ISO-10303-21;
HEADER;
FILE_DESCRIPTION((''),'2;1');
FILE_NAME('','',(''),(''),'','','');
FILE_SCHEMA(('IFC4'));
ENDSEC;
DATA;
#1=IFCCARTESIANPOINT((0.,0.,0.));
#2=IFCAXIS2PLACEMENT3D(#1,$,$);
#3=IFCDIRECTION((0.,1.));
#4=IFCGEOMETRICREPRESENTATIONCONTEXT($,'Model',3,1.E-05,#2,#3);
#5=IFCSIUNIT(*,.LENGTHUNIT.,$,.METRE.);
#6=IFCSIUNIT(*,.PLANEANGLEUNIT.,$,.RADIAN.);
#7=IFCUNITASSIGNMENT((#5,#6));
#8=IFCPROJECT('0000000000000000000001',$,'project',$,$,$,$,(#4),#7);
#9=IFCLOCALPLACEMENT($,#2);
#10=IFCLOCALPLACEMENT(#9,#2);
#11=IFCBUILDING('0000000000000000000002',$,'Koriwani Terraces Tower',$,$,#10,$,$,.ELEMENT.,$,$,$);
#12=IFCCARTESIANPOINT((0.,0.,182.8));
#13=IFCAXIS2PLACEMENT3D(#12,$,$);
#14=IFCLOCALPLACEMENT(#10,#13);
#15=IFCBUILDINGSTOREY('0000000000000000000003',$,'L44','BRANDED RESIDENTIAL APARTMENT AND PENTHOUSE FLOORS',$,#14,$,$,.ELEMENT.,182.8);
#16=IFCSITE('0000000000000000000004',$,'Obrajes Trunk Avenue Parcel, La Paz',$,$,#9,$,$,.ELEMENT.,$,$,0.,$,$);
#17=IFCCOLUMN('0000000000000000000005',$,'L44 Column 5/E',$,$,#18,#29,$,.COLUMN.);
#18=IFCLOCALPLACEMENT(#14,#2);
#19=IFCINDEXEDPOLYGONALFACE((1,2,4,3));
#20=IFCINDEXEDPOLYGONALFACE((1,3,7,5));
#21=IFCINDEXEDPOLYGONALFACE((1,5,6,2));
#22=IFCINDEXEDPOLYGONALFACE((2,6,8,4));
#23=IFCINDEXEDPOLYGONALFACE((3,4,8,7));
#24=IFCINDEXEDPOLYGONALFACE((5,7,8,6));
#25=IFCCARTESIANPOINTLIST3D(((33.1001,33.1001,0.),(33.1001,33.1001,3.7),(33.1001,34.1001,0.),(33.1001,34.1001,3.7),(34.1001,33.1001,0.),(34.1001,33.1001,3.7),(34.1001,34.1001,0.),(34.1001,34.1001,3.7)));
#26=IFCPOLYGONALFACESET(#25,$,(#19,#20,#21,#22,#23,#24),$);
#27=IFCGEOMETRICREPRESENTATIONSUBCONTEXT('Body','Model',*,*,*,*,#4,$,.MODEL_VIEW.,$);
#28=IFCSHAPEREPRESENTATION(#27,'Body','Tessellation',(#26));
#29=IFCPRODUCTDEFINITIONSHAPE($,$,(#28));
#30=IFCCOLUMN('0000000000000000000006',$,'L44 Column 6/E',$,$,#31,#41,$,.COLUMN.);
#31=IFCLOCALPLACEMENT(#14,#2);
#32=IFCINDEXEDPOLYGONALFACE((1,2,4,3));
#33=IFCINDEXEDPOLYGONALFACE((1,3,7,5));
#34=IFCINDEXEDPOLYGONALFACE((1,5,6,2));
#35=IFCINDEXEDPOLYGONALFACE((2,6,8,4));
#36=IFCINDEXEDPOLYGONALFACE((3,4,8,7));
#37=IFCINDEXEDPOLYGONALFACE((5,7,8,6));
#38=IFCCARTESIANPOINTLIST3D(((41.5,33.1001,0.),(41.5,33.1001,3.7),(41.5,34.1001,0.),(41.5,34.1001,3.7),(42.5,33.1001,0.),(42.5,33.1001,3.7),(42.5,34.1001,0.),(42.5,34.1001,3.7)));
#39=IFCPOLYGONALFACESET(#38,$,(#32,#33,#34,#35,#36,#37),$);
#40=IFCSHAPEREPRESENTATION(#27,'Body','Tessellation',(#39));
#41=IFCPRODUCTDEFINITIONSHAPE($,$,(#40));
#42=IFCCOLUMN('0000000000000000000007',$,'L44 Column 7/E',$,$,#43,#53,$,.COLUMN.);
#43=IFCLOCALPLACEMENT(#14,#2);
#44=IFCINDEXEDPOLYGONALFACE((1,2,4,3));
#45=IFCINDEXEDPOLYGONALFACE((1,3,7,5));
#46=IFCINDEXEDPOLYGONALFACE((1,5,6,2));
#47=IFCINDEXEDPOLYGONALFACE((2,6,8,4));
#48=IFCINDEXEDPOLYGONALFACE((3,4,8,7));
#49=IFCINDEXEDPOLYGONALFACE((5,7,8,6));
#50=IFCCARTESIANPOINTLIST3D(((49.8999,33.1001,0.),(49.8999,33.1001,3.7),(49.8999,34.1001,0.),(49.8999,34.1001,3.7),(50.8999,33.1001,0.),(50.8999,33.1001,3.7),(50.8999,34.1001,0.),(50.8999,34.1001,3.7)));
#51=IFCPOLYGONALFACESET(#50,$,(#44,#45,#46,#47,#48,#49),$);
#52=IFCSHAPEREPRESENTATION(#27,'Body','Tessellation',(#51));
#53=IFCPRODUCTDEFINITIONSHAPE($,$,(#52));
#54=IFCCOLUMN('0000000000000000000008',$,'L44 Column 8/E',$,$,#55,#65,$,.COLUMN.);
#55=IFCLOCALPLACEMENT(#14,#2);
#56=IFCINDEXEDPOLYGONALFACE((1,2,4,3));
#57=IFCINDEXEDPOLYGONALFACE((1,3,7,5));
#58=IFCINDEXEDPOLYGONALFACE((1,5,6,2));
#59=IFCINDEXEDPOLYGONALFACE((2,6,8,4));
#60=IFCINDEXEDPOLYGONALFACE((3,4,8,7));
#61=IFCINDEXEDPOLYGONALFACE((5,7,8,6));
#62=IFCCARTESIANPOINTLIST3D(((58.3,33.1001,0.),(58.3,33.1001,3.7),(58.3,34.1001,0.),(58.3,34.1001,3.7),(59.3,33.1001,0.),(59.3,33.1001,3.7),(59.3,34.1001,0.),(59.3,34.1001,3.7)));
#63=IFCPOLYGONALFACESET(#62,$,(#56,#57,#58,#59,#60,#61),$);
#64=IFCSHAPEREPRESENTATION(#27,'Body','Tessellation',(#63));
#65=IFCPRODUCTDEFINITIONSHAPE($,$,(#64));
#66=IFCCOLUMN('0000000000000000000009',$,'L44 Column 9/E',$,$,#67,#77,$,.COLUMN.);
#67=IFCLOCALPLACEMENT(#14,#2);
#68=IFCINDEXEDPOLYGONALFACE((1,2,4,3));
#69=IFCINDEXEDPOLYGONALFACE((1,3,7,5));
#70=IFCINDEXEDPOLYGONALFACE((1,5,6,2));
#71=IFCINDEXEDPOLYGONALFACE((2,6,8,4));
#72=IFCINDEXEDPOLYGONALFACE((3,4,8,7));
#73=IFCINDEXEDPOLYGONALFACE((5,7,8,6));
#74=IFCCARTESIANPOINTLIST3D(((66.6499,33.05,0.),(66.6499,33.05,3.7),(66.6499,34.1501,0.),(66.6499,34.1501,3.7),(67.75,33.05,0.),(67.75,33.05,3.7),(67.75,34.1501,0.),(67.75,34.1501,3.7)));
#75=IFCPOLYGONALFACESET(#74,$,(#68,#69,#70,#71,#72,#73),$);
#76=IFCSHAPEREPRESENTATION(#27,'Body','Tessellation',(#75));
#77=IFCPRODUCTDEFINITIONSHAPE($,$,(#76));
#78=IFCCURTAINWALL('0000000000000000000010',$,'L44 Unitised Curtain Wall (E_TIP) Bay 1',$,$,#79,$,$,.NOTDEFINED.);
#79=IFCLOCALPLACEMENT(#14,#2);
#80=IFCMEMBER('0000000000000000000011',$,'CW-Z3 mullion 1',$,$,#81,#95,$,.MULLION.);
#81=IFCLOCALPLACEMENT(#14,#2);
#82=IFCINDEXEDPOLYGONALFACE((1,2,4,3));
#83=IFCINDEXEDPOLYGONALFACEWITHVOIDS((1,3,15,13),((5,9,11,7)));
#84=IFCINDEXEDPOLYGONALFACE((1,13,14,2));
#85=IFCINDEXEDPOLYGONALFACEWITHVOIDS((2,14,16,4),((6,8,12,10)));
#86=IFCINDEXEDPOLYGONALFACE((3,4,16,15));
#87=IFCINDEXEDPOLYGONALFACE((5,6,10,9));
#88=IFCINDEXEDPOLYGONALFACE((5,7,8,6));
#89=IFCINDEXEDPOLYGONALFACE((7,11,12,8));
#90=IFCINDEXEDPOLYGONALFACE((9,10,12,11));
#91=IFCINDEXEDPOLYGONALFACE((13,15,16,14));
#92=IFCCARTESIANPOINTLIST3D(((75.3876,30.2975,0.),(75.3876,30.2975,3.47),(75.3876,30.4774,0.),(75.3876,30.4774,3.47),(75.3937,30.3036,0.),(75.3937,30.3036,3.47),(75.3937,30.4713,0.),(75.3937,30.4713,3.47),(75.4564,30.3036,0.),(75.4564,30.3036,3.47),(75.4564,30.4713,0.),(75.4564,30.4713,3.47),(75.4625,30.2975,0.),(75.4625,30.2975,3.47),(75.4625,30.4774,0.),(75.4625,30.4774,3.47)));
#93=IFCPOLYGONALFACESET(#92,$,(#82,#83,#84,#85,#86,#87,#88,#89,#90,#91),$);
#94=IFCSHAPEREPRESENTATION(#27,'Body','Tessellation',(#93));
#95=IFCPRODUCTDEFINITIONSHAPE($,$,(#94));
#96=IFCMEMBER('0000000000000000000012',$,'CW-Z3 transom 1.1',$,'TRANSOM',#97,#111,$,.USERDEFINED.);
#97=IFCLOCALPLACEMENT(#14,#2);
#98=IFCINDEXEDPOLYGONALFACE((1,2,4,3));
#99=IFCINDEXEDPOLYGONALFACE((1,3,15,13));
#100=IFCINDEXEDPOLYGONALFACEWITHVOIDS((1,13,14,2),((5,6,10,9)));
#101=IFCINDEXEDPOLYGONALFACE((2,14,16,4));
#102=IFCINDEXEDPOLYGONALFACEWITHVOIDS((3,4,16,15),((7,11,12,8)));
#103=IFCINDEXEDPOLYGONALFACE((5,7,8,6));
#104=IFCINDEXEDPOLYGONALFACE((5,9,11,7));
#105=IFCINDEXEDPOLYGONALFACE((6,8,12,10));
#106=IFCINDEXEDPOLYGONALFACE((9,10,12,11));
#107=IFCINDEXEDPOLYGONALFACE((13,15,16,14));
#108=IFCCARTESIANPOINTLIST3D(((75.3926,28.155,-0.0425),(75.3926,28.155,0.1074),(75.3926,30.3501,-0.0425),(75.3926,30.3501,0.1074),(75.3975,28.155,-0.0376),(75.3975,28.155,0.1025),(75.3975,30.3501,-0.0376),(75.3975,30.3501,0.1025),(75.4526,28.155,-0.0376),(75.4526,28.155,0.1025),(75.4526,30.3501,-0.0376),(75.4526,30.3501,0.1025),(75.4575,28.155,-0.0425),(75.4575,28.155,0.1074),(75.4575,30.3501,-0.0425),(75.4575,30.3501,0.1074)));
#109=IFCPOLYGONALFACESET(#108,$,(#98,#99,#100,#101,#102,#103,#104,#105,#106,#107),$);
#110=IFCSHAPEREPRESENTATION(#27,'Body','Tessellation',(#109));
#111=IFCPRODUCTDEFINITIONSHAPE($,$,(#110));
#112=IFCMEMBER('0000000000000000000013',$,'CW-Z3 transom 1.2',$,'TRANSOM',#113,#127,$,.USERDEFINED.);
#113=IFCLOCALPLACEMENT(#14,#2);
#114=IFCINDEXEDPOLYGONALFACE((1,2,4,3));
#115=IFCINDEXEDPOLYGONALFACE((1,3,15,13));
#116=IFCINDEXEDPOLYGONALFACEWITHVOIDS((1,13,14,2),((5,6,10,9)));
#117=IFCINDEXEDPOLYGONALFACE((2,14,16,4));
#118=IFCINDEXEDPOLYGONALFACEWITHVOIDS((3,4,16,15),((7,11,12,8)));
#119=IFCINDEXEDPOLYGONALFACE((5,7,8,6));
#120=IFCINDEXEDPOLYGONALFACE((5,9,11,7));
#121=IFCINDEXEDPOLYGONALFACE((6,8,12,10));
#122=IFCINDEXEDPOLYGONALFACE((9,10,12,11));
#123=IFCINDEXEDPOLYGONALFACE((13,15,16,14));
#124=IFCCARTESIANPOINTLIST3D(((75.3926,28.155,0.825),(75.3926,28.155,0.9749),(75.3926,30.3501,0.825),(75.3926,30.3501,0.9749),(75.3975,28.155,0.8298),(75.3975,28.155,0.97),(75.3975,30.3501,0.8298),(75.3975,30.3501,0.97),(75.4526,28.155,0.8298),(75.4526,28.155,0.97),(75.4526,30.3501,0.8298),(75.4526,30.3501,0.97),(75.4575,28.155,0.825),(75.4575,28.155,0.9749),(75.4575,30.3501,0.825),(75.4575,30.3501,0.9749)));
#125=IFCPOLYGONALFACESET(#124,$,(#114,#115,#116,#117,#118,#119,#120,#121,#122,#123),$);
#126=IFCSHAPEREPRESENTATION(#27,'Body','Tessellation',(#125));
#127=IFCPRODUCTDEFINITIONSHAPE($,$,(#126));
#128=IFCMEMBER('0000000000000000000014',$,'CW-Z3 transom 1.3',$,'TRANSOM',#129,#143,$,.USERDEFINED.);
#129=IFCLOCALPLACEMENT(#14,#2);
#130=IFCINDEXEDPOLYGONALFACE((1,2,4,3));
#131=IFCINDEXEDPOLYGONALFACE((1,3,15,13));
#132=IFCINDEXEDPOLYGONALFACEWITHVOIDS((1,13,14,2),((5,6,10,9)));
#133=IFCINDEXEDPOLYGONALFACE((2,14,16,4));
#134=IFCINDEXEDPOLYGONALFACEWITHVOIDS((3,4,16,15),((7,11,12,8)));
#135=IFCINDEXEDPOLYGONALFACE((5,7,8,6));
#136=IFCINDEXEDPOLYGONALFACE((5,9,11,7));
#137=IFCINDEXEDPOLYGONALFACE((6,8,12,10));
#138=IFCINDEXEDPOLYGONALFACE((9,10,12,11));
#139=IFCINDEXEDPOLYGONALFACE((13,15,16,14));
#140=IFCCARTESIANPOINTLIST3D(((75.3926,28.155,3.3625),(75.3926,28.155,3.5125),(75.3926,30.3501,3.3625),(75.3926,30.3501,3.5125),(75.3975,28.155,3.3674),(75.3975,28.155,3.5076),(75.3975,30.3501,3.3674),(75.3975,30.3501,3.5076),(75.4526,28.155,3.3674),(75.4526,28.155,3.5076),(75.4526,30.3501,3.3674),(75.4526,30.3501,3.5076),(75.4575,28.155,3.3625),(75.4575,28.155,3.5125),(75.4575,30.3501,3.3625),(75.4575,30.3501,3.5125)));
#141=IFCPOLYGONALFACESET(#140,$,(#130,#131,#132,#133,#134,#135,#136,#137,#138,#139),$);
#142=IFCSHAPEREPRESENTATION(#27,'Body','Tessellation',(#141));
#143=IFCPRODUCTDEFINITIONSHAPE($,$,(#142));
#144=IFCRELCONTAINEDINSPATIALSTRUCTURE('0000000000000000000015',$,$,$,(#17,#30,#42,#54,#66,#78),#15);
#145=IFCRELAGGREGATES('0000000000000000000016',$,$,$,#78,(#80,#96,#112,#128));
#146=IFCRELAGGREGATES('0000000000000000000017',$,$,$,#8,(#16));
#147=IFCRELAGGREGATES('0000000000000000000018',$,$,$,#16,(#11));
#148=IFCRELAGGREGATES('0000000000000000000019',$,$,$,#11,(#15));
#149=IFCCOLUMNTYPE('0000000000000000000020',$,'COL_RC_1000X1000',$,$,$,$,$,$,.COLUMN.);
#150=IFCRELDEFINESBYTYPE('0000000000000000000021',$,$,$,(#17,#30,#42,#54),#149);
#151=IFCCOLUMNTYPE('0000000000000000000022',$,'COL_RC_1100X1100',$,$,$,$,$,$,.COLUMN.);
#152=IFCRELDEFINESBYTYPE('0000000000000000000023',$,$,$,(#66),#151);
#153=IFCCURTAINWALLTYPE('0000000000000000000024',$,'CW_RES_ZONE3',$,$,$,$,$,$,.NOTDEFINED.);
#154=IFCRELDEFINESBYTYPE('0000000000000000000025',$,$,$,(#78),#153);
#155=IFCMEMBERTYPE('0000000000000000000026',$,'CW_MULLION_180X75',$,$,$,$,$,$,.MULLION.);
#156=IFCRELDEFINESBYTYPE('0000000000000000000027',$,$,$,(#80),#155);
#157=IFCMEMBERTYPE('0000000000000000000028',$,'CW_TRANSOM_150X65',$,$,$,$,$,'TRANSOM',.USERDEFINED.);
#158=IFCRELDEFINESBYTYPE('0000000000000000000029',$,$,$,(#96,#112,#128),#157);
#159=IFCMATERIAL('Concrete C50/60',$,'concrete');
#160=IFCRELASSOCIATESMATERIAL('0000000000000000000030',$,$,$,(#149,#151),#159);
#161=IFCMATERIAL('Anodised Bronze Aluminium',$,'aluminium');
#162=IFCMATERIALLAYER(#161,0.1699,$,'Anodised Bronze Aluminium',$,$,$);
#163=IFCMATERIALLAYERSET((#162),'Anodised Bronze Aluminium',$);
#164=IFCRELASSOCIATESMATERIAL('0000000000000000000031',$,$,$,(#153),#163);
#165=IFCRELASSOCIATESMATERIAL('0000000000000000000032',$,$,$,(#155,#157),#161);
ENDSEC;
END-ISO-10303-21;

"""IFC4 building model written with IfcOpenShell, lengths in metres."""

from ifc_helpers import new_model, si_unit, direction, frame, origin, origin_2d, place, context, subcontext, project, spatial, rectangle, hollow_rectangle, extrude, material, layer, layer_set, material_profile, profile_set, type_object, element, aggregate, save


model = new_model("IFC4")

# Units and contexts
model_context = context("Model", 3, precision=1e-05, world=origin(), true_north=direction((0.0, 1.0)))
body_context = subcontext(model_context, "Body", "Model", "MODEL_VIEW")
ifc_project = project(units=[si_unit("LENGTHUNIT", "METRE"), si_unit("PLANEANGLEUNIT", "RADIAN")], contexts=[model_context])

# Site, building, storey
site_placement = place(None, origin())
site = spatial("IfcSite", under=ifc_project, at=site_placement, Name="Obrajes Trunk Avenue Parcel, La Paz", CompositionType="ELEMENT", RefElevation=0.0)
building_placement = place(site_placement, origin())
building = spatial("IfcBuilding", under=site, at=building_placement, Name="Koriwani Terraces Tower", CompositionType="ELEMENT")
storey_placement = place(building_placement, frame((0.0, 0.0, 182.8)))
storey = spatial("IfcBuildingStorey", under=building, at=storey_placement, Name="L44", Description="BRANDED RESIDENTIAL APARTMENT AND PENTHOUSE FLOORS", CompositionType="ELEMENT", Elevation=182.8)

# Columns
ifc_material_1 = material(Name="Concrete C50/60", Category="concrete")
ifc_material_profile_1 = material_profile(ifc_material_1, rectangle(XDim=1.0, YDim=1.0, at=origin_2d()), Name="Concrete C50/60", Category="LoadBearing")
ifc_profile_set_1 = profile_set([ifc_material_profile_1], Name="Concrete C50/60")
column_type_1 = type_object("IfcColumnType", Name="COL_RC_1000X1000", PredefinedType="COLUMN", material=ifc_profile_set_1)
for number, where, z_axis, x_axis, name in (
    (1, (33.6001, 33.6001, 0.0), (0.0, 0.0, 1.0), (1.0, 0.0, 0.0), "L44 Column 5/E"),
    (2, (42.0, 33.6001, 0.0), (0.0, 0.0, 1.0), (1.0, 0.0, 0.0), "L44 Column 6/E"),
    (3, (50.3999, 33.6001, 0.0), (0.0, 0.0, 1.0), (1.0, 0.0, 0.0), "L44 Column 7/E"),
    (4, (58.8, 33.6001, 0.0), (0.0, 0.0, 1.0), (1.0, 0.0, 0.0), "L44 Column 8/E"),
):
    element("IfcColumn", number, at=place(storey_placement, frame(where, z_axis=z_axis, x_axis=x_axis)), inside=storey, type_object=column_type_1, Name=name, PredefinedType="COLUMN", context=body_context, shape_type="SweptSolid", body=[
        extrude(rectangle(XDim=1.0, YDim=1.0, at=origin_2d()), origin(), (0.0, 0.0, 1.0), 3.7),
    ])
ifc_material_profile_2 = material_profile(ifc_material_1, rectangle(XDim=1.1001, YDim=1.1001, at=origin_2d()), Name="Concrete C50/60", Category="LoadBearing")
ifc_profile_set_2 = profile_set([ifc_material_profile_2], Name="Concrete C50/60")
column_type_2 = type_object("IfcColumnType", Name="COL_RC_1100X1100", PredefinedType="COLUMN", material=ifc_profile_set_2)
column_placement = place(storey_placement, frame((67.2, 33.6001, 0.0), z_axis=(0.0, 0.0, 1.0), x_axis=(1.0, 0.0, 0.0)))
element("IfcColumn", 5, at=column_placement, inside=storey, type_object=column_type_2, Name="L44 Column 9/E", PredefinedType="COLUMN", context=body_context, shape_type="SweptSolid", body=[
    extrude(rectangle(XDim=1.1001, YDim=1.1001, at=origin_2d()), origin(), (0.0, 0.0, 1.0), 3.7),
])

# Curtain wall, members
ifc_material_2 = material(Name="Anodised Bronze Aluminium", Category="aluminium")
ifc_layer_1 = layer(ifc_material_2, 0.1699, Name="Anodised Bronze Aluminium")
ifc_layer_set_1 = layer_set([ifc_layer_1], Name="Anodised Bronze Aluminium")
curtain_wall_type = type_object("IfcCurtainWallType", Name="CW_RES_ZONE3", PredefinedType="NOTDEFINED", material=ifc_layer_set_1)
curtain_wall_placement = place(storey_placement, origin())
curtain_wall = element("IfcCurtainWall", 6, at=curtain_wall_placement, inside=storey, type_object=curtain_wall_type, Name="L44 Unitised Curtain Wall (E_TIP) Bay 1", PredefinedType="NOTDEFINED")
ifc_material_profile_3 = material_profile(ifc_material_2, hollow_rectangle(XDim=0.075, YDim=0.1799, WallThickness=0.0061, at=origin_2d()), Name="Anodised Bronze Aluminium", Category="LoadBearing")
ifc_profile_set_3 = profile_set([ifc_material_profile_3], Name="Anodised Bronze Aluminium")
member_type_1 = type_object("IfcMemberType", Name="CW_MULLION_180X75", PredefinedType="MULLION", material=ifc_profile_set_3)
member_1_placement = place(storey_placement, frame((75.425, 30.3875, 0.0), z_axis=(0.0, 0.0, 1.0), x_axis=(1.0, 0.0, 0.0)))
member_1 = element("IfcMember", 7, at=member_1_placement, type_object=member_type_1, Name="CW-Z3 mullion 1", PredefinedType="MULLION", context=body_context, shape_type="SweptSolid", body=[
    extrude(hollow_rectangle(XDim=0.075, YDim=0.1799, WallThickness=0.0061, at=origin_2d()), origin(), (0.0, 0.0, 1.0), 3.47),
])
ifc_material_profile_4 = material_profile(ifc_material_2, hollow_rectangle(XDim=0.0649, YDim=0.1499, WallThickness=0.0049, at=origin_2d()), Name="Anodised Bronze Aluminium", Category="LoadBearing")
ifc_profile_set_4 = profile_set([ifc_material_profile_4], Name="Anodised Bronze Aluminium")
member_type_2 = type_object("IfcMemberType", Name="CW_TRANSOM_150X65", ElementType="TRANSOM", PredefinedType="USERDEFINED", material=ifc_profile_set_4)
member_2_placement = place(storey_placement, frame((75.425, 30.3501, 0.0325), z_axis=(0.0, -1.0, 0.0), x_axis=(1.0, 0.0, 0.0)))
member_2 = element("IfcMember", 8, at=member_2_placement, type_object=member_type_2, Name="CW-Z3 transom 1.1", ObjectType="TRANSOM", PredefinedType="USERDEFINED", context=body_context, shape_type="SweptSolid", body=[
    extrude(hollow_rectangle(XDim=0.0649, YDim=0.1499, WallThickness=0.0049, at=origin_2d()), origin(), (0.0, 0.0, 1.0), 2.1951),
])
member_3_placement = place(storey_placement, frame((75.425, 30.3501, 0.8999), z_axis=(0.0, -1.0, 0.0), x_axis=(1.0, 0.0, 0.0)))
member_3 = element("IfcMember", 9, at=member_3_placement, type_object=member_type_2, Name="CW-Z3 transom 1.2", ObjectType="TRANSOM", PredefinedType="USERDEFINED", context=body_context, shape_type="SweptSolid", body=[
    extrude(hollow_rectangle(XDim=0.0649, YDim=0.1499, WallThickness=0.0049, at=origin_2d()), origin(), (0.0, 0.0, 1.0), 2.1951),
])
member_4_placement = place(storey_placement, frame((75.425, 30.3501, 3.4375), z_axis=(0.0, -1.0, 0.0), x_axis=(1.0, 0.0, 0.0)))
member_4 = element("IfcMember", 10, at=member_4_placement, type_object=member_type_2, Name="CW-Z3 transom 1.3", ObjectType="TRANSOM", PredefinedType="USERDEFINED", context=body_context, shape_type="SweptSolid", body=[
    extrude(hollow_rectangle(XDim=0.0649, YDim=0.1499, WallThickness=0.0049, at=origin_2d()), origin(), (0.0, 0.0, 1.0), 2.1951),
])
aggregate(curtain_wall, [member_1, member_2, member_3, member_4])

save(model, "model.ifc")
